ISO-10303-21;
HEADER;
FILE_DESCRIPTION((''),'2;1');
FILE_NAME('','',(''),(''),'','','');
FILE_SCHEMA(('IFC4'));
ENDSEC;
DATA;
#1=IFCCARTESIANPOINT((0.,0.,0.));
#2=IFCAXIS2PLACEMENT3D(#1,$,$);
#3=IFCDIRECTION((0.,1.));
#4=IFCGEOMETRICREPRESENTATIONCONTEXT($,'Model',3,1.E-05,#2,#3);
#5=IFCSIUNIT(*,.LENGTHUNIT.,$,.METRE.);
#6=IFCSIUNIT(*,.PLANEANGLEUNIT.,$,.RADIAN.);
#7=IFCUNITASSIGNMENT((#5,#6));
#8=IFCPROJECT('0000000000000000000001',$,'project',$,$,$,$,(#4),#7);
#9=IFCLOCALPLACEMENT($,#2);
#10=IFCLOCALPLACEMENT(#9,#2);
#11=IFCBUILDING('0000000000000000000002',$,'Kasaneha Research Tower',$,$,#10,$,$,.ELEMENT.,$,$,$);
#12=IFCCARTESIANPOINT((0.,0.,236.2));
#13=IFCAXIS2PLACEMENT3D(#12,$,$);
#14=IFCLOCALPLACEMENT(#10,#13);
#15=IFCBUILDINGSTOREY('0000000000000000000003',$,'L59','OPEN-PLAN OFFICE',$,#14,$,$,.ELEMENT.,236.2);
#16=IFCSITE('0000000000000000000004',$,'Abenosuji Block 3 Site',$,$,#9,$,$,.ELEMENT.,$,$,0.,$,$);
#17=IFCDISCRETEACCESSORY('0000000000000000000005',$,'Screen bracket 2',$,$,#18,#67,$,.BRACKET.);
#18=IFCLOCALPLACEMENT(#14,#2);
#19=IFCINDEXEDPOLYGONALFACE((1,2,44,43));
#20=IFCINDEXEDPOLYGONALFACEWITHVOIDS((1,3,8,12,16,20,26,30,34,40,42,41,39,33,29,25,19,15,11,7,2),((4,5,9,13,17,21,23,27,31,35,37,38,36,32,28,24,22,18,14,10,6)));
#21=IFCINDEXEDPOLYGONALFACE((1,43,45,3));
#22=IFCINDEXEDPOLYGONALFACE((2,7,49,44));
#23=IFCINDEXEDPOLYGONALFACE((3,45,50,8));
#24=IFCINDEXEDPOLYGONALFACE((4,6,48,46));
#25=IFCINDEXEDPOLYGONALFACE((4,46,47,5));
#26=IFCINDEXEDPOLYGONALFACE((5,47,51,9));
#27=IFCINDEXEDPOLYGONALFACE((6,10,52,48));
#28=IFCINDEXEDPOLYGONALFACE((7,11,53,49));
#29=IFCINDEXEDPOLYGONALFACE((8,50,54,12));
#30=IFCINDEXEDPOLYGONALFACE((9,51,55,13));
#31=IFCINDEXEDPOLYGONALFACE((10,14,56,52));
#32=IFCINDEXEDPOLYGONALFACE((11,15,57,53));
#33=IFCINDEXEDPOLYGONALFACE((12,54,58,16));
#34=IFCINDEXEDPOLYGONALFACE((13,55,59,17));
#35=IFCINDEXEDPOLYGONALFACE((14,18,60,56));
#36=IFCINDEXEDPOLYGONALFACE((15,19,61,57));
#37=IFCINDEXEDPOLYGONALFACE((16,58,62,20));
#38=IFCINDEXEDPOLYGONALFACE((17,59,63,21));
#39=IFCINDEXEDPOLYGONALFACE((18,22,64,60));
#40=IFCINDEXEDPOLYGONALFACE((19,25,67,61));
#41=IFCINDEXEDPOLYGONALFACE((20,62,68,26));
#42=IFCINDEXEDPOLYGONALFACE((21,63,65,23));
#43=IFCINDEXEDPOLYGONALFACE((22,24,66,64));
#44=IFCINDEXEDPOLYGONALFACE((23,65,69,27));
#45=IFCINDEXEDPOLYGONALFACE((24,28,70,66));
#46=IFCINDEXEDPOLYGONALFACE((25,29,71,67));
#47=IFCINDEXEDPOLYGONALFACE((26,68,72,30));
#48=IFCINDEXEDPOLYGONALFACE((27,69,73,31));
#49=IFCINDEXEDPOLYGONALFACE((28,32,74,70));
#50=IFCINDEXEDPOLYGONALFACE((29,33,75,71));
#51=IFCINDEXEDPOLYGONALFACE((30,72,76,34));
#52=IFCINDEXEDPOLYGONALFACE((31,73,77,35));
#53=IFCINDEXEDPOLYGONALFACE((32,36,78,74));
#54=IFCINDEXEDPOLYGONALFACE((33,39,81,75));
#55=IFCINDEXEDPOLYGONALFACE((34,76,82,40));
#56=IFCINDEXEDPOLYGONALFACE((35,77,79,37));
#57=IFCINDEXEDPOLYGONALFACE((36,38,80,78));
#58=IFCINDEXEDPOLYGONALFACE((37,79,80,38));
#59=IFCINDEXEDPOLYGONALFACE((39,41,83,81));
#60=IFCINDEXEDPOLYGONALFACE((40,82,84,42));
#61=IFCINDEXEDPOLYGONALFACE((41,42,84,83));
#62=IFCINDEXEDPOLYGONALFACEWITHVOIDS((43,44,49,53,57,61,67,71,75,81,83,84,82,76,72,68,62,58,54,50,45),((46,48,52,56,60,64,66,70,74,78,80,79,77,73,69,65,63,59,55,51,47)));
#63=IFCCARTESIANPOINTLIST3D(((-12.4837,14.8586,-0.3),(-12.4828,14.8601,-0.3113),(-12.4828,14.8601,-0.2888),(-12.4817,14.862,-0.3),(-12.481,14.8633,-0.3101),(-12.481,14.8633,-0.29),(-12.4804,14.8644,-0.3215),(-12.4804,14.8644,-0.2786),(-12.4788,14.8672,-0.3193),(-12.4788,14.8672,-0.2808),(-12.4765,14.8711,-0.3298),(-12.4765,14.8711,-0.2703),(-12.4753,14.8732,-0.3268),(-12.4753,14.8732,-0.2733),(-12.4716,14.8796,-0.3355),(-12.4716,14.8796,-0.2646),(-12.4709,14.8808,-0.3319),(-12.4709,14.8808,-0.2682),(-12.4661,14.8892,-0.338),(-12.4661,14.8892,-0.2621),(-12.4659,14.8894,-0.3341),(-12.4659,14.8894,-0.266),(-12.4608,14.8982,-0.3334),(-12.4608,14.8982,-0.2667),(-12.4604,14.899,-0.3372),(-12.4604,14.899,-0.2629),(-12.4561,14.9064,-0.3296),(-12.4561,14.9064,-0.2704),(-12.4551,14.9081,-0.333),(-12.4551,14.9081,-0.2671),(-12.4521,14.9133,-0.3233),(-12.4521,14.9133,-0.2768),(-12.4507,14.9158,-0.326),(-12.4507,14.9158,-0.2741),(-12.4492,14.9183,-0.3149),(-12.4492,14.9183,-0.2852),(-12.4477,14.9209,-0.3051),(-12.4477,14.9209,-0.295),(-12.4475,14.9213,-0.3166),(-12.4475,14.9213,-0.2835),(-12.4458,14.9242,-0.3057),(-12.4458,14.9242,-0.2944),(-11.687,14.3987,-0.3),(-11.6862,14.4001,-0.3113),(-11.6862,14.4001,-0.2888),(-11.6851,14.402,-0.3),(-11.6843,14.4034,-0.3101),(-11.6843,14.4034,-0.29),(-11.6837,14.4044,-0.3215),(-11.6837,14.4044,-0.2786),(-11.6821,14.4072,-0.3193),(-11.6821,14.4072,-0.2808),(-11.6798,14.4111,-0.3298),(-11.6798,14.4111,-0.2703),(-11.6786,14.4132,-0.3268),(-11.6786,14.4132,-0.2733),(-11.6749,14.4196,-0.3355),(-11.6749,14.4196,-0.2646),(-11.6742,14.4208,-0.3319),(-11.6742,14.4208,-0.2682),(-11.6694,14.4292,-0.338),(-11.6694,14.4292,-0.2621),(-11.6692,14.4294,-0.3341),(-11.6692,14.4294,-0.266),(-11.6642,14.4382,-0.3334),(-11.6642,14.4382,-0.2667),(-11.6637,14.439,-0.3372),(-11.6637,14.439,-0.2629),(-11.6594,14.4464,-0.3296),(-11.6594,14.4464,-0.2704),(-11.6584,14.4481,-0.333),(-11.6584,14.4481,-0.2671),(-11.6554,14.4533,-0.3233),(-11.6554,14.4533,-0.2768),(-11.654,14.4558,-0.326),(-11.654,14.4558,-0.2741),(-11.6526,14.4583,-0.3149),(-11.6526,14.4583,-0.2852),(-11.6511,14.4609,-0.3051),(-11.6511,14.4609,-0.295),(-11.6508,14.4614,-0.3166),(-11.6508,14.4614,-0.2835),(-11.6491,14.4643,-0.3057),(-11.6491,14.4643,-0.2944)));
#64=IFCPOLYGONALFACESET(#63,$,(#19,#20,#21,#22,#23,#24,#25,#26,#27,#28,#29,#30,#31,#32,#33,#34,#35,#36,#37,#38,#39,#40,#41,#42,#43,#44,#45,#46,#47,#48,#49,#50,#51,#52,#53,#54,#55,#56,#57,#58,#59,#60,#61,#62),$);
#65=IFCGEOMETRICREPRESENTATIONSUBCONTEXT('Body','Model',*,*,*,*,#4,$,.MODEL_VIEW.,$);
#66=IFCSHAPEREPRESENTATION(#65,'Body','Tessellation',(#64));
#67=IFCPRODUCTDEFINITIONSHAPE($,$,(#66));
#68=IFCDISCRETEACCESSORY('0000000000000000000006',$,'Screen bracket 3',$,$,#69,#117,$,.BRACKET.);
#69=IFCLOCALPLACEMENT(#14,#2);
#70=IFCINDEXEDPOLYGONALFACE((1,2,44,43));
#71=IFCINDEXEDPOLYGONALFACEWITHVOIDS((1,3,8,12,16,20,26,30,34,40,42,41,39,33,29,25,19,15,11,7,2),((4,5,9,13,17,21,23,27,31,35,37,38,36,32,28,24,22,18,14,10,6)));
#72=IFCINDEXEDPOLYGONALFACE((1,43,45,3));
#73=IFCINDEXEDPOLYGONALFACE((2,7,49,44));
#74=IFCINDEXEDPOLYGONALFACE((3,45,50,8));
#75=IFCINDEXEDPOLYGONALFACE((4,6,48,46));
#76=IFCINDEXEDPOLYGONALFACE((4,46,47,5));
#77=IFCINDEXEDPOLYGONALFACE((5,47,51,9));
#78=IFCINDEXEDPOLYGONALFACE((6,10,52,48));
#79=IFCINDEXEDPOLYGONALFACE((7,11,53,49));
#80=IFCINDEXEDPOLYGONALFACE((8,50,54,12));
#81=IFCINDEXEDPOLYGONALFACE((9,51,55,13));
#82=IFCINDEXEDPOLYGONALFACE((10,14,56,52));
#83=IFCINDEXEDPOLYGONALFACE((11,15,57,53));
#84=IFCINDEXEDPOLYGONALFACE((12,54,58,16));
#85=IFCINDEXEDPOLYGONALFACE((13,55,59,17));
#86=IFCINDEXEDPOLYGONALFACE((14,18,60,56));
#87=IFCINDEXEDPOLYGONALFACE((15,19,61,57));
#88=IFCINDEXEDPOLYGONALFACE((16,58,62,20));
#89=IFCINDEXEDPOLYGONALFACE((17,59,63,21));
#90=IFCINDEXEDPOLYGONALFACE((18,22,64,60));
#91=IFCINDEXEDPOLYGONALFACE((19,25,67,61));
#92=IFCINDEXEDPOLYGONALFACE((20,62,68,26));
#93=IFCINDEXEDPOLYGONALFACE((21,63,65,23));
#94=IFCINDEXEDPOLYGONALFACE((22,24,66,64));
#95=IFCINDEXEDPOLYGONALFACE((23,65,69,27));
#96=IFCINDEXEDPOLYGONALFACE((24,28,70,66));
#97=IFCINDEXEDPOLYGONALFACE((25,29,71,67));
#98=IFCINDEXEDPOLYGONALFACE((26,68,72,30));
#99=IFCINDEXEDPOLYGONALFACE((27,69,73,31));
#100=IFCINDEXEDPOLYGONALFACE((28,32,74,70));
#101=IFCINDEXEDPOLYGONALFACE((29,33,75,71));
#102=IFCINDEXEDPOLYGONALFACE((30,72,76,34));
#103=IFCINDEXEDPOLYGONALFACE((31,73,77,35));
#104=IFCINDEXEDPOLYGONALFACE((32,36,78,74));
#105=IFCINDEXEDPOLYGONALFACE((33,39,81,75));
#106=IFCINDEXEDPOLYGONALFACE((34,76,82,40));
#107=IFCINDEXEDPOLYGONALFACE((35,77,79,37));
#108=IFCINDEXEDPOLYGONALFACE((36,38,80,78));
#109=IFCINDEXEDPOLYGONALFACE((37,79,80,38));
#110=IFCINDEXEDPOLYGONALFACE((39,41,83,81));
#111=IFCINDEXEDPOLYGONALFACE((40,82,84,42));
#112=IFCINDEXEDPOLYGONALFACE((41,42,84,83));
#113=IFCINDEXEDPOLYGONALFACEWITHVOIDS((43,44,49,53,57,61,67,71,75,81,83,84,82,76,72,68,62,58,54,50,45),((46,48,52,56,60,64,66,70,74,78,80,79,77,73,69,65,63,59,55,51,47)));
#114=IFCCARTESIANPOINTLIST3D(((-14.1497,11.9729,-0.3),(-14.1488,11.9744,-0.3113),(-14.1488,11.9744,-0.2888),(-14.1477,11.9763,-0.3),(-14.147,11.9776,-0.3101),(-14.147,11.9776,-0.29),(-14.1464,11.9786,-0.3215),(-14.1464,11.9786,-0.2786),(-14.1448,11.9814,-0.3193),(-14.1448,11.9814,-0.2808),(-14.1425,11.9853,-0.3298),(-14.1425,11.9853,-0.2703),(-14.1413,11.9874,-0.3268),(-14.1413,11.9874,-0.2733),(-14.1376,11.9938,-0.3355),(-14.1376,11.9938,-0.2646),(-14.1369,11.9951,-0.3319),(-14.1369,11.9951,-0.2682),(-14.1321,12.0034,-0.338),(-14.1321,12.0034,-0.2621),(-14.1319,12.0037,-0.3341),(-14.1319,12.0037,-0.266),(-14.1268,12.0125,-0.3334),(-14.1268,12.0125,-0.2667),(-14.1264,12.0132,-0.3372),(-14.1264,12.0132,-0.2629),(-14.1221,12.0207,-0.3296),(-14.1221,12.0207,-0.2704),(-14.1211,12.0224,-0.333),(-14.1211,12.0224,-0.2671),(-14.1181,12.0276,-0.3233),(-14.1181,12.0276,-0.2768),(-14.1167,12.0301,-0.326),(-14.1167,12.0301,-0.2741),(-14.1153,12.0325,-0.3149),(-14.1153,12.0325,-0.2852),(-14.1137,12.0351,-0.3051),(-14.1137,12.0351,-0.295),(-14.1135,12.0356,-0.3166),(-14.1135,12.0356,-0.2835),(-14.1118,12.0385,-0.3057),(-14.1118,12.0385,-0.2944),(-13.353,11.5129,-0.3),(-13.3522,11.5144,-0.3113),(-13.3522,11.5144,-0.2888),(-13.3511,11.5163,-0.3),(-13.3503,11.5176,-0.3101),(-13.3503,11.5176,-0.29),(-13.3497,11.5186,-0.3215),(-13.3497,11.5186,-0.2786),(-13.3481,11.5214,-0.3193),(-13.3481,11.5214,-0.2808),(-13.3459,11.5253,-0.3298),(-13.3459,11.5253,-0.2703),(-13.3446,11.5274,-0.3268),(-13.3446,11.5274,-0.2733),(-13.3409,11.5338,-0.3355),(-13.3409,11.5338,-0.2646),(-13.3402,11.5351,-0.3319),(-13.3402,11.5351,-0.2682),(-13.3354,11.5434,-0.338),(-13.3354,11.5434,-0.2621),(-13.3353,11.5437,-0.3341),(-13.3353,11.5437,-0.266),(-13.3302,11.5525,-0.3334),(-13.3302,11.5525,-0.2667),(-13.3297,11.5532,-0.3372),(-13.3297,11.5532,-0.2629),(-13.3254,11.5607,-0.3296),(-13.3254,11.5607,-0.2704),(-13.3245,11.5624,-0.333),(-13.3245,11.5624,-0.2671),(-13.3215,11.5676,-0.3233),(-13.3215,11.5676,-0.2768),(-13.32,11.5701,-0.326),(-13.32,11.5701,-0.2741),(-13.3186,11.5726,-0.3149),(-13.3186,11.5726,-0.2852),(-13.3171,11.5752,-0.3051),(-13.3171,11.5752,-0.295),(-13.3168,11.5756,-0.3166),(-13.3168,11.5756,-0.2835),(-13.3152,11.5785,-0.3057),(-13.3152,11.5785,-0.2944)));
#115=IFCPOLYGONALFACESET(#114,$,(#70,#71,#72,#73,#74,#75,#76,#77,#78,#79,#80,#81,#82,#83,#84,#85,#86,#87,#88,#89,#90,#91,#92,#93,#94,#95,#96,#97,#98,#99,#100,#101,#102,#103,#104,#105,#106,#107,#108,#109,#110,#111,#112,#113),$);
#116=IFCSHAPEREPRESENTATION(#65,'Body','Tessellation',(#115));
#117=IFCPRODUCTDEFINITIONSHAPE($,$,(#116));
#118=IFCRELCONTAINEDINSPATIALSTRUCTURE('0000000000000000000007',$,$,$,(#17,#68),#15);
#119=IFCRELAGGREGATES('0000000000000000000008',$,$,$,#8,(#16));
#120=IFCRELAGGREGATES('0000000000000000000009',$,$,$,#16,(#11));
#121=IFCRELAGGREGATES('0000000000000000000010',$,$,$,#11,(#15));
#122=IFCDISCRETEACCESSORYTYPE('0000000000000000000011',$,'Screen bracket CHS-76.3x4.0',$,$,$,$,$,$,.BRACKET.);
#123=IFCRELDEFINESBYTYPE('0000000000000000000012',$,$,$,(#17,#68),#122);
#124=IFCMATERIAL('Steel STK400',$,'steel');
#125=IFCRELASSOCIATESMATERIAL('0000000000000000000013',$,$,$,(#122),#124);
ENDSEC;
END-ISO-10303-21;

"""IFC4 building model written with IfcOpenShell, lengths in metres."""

from ifc_helpers import new_model, si_unit, direction, frame, origin, origin_2d, place, context, subcontext, project, spatial, hollow_circle, extrude, material, material_profile, profile_set, type_object, element, save


model = new_model("IFC4")

# Units and contexts
model_context = context("Model", 3, precision=1e-05, world=origin(), true_north=direction((0.0, 1.0)))
body_context = subcontext(model_context, "Body", "Model", "MODEL_VIEW")
ifc_project = project(units=[si_unit("LENGTHUNIT", "METRE"), si_unit("PLANEANGLEUNIT", "RADIAN")], contexts=[model_context])

# Site, building, storey
site_placement = place(None, origin())
site = spatial("IfcSite", under=ifc_project, at=site_placement, Name="Abenosuji Block 3 Site", CompositionType="ELEMENT", RefElevation=0.0)
building_placement = place(site_placement, origin())
building = spatial("IfcBuilding", under=site, at=building_placement, Name="Kasaneha Research Tower", CompositionType="ELEMENT")
storey_placement = place(building_placement, frame((0.0, 0.0, 236.2)))
storey = spatial("IfcBuildingStorey", under=building, at=storey_placement, Name="L59", Description="OPEN-PLAN OFFICE", CompositionType="ELEMENT", Elevation=236.2)

# Discrete accessories
ifc_material_1 = material(Name="Steel STK400", Category="steel")
ifc_material_profile_1 = material_profile(ifc_material_1, hollow_circle(Radius=0.0381, WallThickness=0.0039, at=origin_2d()), Name="CHS-76.3x4.0")
ifc_profile_set_1 = profile_set([ifc_material_profile_1], Name="Steel STK400")
discrete_accessory_type = type_object("IfcDiscreteAccessoryType", Name="Screen bracket CHS-76.3x4.0", PredefinedType="BRACKET", material=ifc_profile_set_1)
for number, where, z_axis, x_axis, name in (
    (1, (-11.668, 14.4316, -0.3), (-0.866013, 0.500021, 0.0), (-0.500021, -0.866013, 0.0), "Screen bracket 2"),
    (2, (-13.334, 11.5459, -0.3), (-0.866013, 0.500021, 0.0), (-0.500021, -0.866013, 0.0), "Screen bracket 3"),
):
    element("IfcDiscreteAccessory", number, at=place(storey_placement, frame(where, z_axis=z_axis, x_axis=x_axis)), inside=storey, type_object=discrete_accessory_type, Name=name, PredefinedType="BRACKET", context=body_context, shape_type="SweptSolid", body=[
        extrude(hollow_circle(Radius=0.0381, WallThickness=0.0039, at=origin_2d()), origin(), (0.0, 0.0, 1.0), 0.9199),
    ])

save(model, "model.ifc")
